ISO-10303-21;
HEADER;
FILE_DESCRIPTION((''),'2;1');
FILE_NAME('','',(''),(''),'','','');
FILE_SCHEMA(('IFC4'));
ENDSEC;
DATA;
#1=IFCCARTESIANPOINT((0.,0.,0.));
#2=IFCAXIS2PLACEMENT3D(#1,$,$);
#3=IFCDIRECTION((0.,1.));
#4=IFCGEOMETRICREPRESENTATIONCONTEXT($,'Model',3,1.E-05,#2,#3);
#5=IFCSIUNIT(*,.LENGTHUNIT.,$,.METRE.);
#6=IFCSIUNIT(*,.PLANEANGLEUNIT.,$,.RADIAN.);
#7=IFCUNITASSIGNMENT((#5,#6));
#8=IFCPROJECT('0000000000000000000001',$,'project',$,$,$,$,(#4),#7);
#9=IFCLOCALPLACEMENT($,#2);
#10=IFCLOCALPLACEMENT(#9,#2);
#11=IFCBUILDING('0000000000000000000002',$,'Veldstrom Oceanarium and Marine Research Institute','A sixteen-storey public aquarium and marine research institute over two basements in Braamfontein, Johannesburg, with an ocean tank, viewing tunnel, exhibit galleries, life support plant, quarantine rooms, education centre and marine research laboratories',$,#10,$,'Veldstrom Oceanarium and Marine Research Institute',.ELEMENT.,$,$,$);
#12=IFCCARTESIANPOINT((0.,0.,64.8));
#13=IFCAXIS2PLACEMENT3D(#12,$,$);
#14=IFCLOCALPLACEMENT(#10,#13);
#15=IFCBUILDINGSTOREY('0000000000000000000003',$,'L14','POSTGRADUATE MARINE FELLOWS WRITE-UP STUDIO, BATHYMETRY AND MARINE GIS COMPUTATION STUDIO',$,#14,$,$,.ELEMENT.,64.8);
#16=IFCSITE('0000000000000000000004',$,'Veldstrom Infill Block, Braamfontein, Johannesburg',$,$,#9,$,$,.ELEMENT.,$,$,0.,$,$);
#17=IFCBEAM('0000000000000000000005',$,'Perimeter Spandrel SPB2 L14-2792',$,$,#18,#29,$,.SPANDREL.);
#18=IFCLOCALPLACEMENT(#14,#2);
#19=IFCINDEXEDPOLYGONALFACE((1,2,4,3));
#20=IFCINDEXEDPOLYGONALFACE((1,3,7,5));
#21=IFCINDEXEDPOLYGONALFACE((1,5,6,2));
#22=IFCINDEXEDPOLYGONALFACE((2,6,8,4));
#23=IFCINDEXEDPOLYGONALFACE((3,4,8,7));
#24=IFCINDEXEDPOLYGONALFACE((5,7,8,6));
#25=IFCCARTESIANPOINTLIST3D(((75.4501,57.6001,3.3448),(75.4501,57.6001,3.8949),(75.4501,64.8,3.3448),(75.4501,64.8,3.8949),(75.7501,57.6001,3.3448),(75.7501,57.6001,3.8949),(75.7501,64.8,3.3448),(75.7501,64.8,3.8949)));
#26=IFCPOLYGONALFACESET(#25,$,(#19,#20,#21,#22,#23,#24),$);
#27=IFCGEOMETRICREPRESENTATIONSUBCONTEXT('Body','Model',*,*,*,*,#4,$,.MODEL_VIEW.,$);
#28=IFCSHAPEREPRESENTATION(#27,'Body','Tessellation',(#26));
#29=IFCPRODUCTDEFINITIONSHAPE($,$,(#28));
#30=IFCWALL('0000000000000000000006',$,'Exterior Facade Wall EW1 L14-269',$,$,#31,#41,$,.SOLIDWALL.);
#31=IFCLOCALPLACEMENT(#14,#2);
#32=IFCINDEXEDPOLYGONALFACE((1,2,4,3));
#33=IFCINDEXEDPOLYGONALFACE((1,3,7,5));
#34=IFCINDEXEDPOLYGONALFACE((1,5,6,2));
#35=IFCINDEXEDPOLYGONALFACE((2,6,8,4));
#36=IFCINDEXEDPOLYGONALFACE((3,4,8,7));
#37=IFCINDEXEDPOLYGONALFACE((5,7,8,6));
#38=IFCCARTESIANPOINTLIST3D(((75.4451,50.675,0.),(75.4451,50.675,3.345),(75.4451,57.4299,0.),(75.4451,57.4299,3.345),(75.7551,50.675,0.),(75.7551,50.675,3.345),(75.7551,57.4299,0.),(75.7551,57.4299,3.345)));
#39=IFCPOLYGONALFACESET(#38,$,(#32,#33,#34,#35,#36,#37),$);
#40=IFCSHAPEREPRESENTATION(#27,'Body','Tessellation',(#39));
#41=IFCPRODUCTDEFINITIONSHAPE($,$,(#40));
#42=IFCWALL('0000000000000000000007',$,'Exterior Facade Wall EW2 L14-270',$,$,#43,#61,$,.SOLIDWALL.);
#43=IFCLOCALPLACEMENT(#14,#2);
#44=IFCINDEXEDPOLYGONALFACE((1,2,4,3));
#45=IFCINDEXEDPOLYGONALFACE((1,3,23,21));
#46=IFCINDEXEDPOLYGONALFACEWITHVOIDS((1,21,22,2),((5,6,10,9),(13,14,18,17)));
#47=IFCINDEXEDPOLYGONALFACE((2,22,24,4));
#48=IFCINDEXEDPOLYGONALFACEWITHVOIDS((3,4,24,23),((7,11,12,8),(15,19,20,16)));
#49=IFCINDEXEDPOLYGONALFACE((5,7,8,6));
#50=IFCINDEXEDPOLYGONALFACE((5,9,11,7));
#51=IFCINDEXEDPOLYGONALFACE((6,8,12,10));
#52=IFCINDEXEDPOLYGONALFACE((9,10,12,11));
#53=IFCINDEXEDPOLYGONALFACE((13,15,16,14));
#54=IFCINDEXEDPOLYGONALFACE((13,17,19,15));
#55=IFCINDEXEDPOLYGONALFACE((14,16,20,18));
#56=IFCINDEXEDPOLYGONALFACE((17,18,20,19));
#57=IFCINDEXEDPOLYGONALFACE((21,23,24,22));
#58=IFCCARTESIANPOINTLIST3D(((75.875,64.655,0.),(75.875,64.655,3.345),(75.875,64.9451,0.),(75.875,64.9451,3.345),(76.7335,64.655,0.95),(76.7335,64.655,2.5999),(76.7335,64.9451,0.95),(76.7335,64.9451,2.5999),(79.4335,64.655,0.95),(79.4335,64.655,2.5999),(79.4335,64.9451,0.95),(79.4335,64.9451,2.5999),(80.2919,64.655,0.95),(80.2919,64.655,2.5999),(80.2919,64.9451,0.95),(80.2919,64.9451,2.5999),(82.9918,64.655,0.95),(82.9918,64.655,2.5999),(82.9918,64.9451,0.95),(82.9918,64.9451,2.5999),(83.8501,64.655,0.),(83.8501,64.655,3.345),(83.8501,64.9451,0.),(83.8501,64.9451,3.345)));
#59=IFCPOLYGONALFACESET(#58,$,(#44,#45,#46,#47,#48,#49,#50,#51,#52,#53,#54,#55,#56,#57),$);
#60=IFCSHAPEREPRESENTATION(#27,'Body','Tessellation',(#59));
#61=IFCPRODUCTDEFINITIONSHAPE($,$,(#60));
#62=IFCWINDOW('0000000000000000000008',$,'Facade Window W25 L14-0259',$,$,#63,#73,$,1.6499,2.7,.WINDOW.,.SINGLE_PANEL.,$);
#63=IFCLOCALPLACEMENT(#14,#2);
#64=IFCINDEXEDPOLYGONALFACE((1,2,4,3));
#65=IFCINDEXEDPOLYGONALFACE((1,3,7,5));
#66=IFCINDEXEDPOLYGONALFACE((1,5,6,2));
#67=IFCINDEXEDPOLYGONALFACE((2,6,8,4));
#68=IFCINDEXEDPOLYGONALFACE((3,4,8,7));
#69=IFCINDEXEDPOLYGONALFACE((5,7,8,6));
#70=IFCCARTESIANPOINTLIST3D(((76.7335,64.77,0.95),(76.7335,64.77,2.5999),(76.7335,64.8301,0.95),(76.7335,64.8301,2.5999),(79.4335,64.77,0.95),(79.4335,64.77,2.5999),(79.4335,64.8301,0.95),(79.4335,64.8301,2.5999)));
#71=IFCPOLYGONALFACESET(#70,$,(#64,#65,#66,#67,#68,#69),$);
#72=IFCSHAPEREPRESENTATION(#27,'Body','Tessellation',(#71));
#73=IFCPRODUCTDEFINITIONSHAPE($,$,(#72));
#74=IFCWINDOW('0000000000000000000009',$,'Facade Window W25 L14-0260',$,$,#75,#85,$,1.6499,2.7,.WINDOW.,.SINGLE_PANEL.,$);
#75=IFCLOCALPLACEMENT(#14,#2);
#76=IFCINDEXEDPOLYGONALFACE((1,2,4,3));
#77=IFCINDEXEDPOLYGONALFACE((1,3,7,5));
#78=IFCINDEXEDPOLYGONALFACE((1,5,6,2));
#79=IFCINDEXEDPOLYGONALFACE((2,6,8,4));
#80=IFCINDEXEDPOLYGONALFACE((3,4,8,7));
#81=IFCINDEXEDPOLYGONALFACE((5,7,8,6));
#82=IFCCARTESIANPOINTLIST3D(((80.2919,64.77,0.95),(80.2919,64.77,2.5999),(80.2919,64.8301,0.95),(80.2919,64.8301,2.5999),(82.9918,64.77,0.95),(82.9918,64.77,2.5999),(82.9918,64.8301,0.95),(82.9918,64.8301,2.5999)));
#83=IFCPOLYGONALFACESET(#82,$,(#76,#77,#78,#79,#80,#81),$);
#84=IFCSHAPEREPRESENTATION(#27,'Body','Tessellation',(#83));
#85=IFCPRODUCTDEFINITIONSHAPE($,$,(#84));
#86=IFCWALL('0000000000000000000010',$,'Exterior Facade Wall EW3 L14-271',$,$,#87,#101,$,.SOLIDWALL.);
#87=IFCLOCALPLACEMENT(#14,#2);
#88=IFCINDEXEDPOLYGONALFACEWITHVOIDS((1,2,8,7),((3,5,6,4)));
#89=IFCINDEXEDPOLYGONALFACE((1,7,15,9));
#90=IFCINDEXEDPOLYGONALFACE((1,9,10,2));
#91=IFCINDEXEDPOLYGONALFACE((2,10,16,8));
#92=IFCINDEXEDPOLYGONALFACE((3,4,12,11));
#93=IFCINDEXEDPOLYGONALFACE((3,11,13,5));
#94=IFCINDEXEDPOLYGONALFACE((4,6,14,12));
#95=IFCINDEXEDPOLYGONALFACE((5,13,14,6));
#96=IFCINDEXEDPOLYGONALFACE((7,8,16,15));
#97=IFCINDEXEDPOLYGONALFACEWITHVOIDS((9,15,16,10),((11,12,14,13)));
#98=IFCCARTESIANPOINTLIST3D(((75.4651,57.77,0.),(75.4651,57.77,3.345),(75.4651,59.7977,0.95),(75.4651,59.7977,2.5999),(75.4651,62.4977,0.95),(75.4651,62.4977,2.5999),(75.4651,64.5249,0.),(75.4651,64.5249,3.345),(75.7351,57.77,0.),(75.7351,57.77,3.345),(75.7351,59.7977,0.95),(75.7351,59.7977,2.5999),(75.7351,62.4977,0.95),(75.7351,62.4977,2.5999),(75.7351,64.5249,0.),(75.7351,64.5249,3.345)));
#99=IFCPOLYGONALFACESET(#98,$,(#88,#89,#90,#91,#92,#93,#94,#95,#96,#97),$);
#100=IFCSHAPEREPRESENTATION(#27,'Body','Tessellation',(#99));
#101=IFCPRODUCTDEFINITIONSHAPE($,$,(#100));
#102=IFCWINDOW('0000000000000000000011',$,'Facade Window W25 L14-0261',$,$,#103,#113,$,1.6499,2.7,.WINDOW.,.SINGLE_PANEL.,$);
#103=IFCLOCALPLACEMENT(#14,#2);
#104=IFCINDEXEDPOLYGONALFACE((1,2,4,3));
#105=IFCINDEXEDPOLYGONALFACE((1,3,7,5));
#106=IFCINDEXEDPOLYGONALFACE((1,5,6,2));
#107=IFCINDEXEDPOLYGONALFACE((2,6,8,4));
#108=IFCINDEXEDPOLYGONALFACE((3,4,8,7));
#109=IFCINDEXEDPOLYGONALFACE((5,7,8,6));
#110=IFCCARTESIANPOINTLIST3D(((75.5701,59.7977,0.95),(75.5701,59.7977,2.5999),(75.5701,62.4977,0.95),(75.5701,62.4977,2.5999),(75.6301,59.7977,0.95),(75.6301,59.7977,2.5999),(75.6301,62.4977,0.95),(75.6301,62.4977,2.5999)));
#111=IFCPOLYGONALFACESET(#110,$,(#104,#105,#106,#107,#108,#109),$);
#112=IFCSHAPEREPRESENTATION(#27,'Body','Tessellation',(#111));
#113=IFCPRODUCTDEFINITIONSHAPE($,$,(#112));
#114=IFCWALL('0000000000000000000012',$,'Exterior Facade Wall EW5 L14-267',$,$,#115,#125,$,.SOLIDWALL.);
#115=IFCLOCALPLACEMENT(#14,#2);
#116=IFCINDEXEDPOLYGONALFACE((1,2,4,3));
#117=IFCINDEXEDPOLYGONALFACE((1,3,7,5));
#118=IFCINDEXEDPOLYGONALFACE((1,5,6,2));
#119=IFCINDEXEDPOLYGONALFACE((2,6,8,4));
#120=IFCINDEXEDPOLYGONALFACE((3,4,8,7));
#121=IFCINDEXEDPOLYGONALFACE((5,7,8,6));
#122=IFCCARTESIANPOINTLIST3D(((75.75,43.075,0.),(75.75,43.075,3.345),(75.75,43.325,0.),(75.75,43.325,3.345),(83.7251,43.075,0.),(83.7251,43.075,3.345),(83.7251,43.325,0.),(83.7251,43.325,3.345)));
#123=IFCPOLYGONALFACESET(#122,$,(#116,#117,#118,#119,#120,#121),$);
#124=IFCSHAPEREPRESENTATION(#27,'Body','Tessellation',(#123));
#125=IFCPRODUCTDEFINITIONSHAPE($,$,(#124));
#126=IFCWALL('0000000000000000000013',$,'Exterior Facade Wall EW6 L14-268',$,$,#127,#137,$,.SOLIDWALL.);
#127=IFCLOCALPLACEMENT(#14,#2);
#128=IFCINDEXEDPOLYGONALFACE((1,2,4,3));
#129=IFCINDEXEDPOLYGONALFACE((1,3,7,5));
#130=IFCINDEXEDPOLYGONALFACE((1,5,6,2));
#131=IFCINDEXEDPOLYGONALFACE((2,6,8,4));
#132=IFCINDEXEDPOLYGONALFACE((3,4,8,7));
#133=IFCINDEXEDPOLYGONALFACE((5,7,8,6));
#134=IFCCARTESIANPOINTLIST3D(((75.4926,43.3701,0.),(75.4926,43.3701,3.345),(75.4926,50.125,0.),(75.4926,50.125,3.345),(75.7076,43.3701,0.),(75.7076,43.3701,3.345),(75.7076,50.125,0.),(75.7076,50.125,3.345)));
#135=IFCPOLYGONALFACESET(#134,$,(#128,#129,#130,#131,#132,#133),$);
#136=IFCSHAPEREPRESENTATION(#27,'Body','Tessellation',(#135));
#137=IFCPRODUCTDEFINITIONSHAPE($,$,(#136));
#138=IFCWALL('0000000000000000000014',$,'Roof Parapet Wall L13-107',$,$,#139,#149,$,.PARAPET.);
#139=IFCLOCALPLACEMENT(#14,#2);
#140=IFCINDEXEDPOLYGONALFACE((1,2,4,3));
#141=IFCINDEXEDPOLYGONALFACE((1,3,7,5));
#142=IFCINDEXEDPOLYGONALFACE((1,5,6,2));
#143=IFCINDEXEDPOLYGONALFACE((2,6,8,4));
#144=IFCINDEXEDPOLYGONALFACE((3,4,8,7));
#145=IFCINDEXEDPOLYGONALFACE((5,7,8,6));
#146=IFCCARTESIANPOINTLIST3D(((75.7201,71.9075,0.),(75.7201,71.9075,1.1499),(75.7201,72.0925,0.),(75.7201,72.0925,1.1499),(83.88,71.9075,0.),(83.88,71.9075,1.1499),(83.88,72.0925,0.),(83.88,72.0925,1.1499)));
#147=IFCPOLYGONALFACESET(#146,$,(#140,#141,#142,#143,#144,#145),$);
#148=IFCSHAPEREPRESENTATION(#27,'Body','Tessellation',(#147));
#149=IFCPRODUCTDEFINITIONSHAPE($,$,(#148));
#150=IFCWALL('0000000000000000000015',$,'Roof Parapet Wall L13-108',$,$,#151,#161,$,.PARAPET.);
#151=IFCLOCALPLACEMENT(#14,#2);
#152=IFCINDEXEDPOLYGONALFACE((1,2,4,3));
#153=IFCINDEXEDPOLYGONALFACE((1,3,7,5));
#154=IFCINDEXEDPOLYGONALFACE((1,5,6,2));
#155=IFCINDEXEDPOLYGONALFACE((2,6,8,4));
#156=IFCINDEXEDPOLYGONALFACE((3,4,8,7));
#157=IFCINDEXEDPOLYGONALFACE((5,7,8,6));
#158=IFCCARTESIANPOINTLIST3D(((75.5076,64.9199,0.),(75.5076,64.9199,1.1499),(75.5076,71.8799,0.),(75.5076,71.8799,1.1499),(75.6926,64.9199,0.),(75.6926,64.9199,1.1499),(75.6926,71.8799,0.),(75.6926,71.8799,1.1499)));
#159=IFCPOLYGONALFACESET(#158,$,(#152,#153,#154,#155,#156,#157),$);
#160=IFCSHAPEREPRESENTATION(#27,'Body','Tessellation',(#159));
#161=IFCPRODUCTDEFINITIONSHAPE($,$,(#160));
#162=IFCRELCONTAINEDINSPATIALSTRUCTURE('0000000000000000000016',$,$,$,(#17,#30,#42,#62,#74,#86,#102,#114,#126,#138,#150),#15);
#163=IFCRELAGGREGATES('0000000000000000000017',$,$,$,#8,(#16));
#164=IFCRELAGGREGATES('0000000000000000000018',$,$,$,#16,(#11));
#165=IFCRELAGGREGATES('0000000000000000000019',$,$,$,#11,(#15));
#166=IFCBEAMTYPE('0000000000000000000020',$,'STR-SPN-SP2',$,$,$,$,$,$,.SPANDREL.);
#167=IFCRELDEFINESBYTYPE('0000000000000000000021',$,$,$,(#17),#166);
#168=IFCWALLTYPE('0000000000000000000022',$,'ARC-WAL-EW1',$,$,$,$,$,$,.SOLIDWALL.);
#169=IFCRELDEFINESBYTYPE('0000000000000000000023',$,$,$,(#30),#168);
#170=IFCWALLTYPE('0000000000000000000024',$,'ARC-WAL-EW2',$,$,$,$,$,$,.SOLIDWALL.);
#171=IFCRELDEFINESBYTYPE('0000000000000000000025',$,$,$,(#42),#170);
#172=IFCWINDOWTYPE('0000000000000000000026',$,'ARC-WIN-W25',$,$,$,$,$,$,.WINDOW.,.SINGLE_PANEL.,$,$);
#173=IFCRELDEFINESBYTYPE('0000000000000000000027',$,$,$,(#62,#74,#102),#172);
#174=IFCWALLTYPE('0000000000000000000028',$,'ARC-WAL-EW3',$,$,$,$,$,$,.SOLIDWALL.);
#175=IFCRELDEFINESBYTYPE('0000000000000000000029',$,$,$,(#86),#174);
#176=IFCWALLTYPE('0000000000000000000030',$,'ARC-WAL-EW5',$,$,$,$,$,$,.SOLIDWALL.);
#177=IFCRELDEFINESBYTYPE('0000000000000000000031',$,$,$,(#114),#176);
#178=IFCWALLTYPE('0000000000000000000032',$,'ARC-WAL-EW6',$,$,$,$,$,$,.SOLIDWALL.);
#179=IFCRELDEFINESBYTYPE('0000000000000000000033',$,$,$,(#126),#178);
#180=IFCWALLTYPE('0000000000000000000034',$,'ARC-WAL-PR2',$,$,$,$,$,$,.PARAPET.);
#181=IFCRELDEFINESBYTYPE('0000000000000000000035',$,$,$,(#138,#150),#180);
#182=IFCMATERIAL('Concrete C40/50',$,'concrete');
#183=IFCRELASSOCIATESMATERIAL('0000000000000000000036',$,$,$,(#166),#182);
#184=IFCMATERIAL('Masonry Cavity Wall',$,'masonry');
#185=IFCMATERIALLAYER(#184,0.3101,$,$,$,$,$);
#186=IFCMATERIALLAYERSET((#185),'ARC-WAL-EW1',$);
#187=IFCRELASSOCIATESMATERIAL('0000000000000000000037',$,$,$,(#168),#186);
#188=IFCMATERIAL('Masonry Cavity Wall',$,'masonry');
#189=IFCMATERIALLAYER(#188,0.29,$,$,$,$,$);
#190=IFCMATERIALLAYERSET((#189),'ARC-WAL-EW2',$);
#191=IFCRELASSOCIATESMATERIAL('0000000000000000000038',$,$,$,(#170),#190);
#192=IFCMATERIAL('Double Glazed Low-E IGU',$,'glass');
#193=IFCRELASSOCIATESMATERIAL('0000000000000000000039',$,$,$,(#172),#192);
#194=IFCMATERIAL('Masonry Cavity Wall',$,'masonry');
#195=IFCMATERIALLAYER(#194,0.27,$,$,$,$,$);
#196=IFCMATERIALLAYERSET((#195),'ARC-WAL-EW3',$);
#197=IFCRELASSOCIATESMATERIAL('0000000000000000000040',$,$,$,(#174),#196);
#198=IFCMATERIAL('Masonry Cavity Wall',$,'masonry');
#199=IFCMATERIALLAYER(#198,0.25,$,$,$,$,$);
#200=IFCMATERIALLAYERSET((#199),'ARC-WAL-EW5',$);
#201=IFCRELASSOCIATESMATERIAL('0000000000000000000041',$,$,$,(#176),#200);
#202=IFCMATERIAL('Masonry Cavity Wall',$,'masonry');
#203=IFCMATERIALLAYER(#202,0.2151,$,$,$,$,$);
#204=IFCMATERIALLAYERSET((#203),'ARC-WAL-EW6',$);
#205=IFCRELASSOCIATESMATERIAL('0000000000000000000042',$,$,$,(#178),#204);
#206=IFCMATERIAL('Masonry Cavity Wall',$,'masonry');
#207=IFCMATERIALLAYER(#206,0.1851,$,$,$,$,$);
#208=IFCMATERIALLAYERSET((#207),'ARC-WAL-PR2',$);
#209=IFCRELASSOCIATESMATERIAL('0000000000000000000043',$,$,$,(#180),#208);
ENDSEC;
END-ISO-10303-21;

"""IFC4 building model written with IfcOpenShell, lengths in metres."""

from ifc_helpers import new_model, si_unit, direction, frame, frame_2d, origin, origin_2d, place, context, subcontext, project, spatial, rectangle, extrude, material, layer, layer_set, material_profile, profile_set, type_object, element, fill, save


model = new_model("IFC4")

# Units and contexts
model_context = context("Model", 3, precision=1e-05, world=origin(), true_north=direction((0.0, 1.0)))
body_context = subcontext(model_context, "Body", "Model", "MODEL_VIEW")
ifc_project = project(units=[si_unit("LENGTHUNIT", "METRE"), si_unit("PLANEANGLEUNIT", "RADIAN")], contexts=[model_context])

# Site, building, storey
site_placement = place(None, origin())
site = spatial("IfcSite", under=ifc_project, at=site_placement, Name="Veldstrom Infill Block, Braamfontein, Johannesburg", CompositionType="ELEMENT", RefElevation=0.0)
building_placement = place(site_placement, origin())
building = spatial("IfcBuilding", under=site, at=building_placement, Name="Veldstrom Oceanarium and Marine Research Institute", Description="A sixteen-storey public aquarium and marine research institute over two basements in Braamfontein, Johannesburg, with an ocean tank, viewing tunnel, exhibit galleries, life support plant, quarantine rooms, education centre and marine research laboratories", LongName="Veldstrom Oceanarium and Marine Research Institute", CompositionType="ELEMENT")
storey_placement = place(building_placement, frame((0.0, 0.0, 64.8)))
storey = spatial("IfcBuildingStorey", under=building, at=storey_placement, Name="L14", Description="POSTGRADUATE MARINE FELLOWS WRITE-UP STUDIO, BATHYMETRY AND MARINE GIS COMPUTATION STUDIO", CompositionType="ELEMENT", Elevation=64.8)

# Beam
ifc_material_1 = material(Name="Concrete C40/50", Category="concrete")
ifc_material_profile = material_profile(ifc_material_1, rectangle(XDim=0.3, YDim=0.55, at=origin_2d()), Name="RC-SPN-300x550")
ifc_profile_set = profile_set([ifc_material_profile], Name="Concrete C40/50")
beam_type = type_object("IfcBeamType", Name="STR-SPN-SP2", PredefinedType="SPANDREL", material=ifc_profile_set)
beam_placement = place(storey_placement, frame((75.6001, 57.6001, 3.6199), z_axis=(0.0, 1.0, 0.0), x_axis=(-1.0, 0.0, 0.0)))
element("IfcBeam", 1, at=beam_placement, inside=storey, type_object=beam_type, Name="Perimeter Spandrel SPB2 L14-2792", PredefinedType="SPANDREL", context=body_context, shape_type="SweptSolid", body=[
    extrude(rectangle(XDim=0.3, YDim=0.55, at=origin_2d()), origin(), (0.0, 0.0, 1.0), 7.2),
])

# Wall
ifc_material_2 = material(Name="Masonry Cavity Wall", Category="masonry")
ifc_layer_1 = layer(ifc_material_2, 0.3101)
ifc_layer_set_1 = layer_set([ifc_layer_1], Name="ARC-WAL-EW1")
wall_type_1 = type_object("IfcWallType", Name="ARC-WAL-EW1", PredefinedType="SOLIDWALL", material=ifc_layer_set_1)
wall_1_placement = place(storey_placement, frame((75.6001, 50.675, 0.0), z_axis=(0.0, 0.0, 1.0), x_axis=(0.0, 1.0, 0.0)))
element("IfcWall", 2, at=wall_1_placement, inside=storey, type_object=wall_type_1, Name="Exterior Facade Wall EW1 L14-269", PredefinedType="SOLIDWALL", context=body_context, shape_type="SweptSolid", body=[
    extrude(rectangle(XDim=6.7549, YDim=0.3101, at=frame_2d((3.3774, 0.0))), origin(), (0.0, 0.0, 1.0), 3.345),
])

# Wall, openings, windows
ifc_material_3 = material(Name="Masonry Cavity Wall", Category="masonry")
ifc_layer_2 = layer(ifc_material_3, 0.29)
ifc_layer_set_2 = layer_set([ifc_layer_2], Name="ARC-WAL-EW2")
wall_type_2 = type_object("IfcWallType", Name="ARC-WAL-EW2", PredefinedType="SOLIDWALL", material=ifc_layer_set_2)
wall_2_placement = place(storey_placement, frame((75.875, 64.8, 0.0), z_axis=(0.0, 0.0, 1.0), x_axis=(1.0, 0.0, 0.0)))
wall_2 = element("IfcWall", 3, at=wall_2_placement, inside=storey, type_object=wall_type_2, Name="Exterior Facade Wall EW2 L14-270", PredefinedType="SOLIDWALL", context=body_context, shape_type="SweptSolid", body=[
    extrude(rectangle(XDim=7.9751, YDim=0.29, at=frame_2d((3.9875, 0.0))), origin(), (0.0, 0.0, 1.0), 3.345),
])
opening_1_placement = place(wall_2_placement, frame((0.8584, 0.0, 0.95)))
opening_1 = element("IfcOpeningElement", 4, at=opening_1_placement, cuts=wall_2, PredefinedType="OPENING", context=body_context, shape_type="SweptSolid", body=[
    extrude(rectangle(XDim=2.7, YDim=1.6499, at=frame_2d((1.3501, 0.825))), frame((0.0, 0.155, 0.0), z_axis=(0.0, -1.0, 0.0), x_axis=(1.0, 0.0, 0.0)), (0.0, 0.0, 1.0), 0.3101),
])
opening_2_placement = place(wall_2_placement, frame((4.4167, 0.0, 0.95)))
opening_2 = element("IfcOpeningElement", 5, at=opening_2_placement, cuts=wall_2, PredefinedType="OPENING", context=body_context, shape_type="SweptSolid", body=[
    extrude(rectangle(XDim=2.7, YDim=1.6499, at=frame_2d((1.3501, 0.825))), frame((0.0, 0.155, 0.0), z_axis=(0.0, -1.0, 0.0), x_axis=(1.0, 0.0, 0.0)), (0.0, 0.0, 1.0), 0.3101),
])
ifc_material_4 = material(Name="Double Glazed Low-E IGU", Category="glass")
window_type = type_object("IfcWindowType", Name="ARC-WIN-W25", PartitioningType="SINGLE_PANEL", PredefinedType="WINDOW", material=ifc_material_4)
window_1_placement = place(opening_1_placement, origin())
window_1 = element("IfcWindow", 6, at=window_1_placement, inside=storey, type_object=window_type, Name="Facade Window W25 L14-0259", OverallHeight=1.6499, OverallWidth=2.7, PartitioningType="SINGLE_PANEL", PredefinedType="WINDOW", context=body_context, shape_type="SweptSolid", body=[
    extrude(rectangle(XDim=2.7, YDim=1.6499, at=frame_2d((1.3501, 0.825))), frame((0.0, 0.03, 0.0), z_axis=(0.0, -1.0, 0.0), x_axis=(1.0, 0.0, 0.0)), (0.0, 0.0, 1.0), 0.0601),
])
fill(opening_1, window_1)
window_2_placement = place(opening_2_placement, origin())
window_2 = element("IfcWindow", 7, at=window_2_placement, inside=storey, type_object=window_type, Name="Facade Window W25 L14-0260", OverallHeight=1.6499, OverallWidth=2.7, PartitioningType="SINGLE_PANEL", PredefinedType="WINDOW", context=body_context, shape_type="SweptSolid", body=[
    extrude(rectangle(XDim=2.7, YDim=1.6499, at=frame_2d((1.3501, 0.825))), frame((0.0, 0.03, 0.0), z_axis=(0.0, -1.0, 0.0), x_axis=(1.0, 0.0, 0.0)), (0.0, 0.0, 1.0), 0.0601),
])
fill(opening_2, window_2)

# Wall, opening, window
ifc_material_5 = material(Name="Masonry Cavity Wall", Category="masonry")
ifc_layer_3 = layer(ifc_material_5, 0.27)
ifc_layer_set_3 = layer_set([ifc_layer_3], Name="ARC-WAL-EW3")
wall_type_3 = type_object("IfcWallType", Name="ARC-WAL-EW3", PredefinedType="SOLIDWALL", material=ifc_layer_set_3)
wall_3_placement = place(storey_placement, frame((75.6001, 57.77, 0.0), z_axis=(0.0, 0.0, 1.0), x_axis=(0.0, 1.0, 0.0)))
wall_3 = element("IfcWall", 8, at=wall_3_placement, inside=storey, type_object=wall_type_3, Name="Exterior Facade Wall EW3 L14-271", PredefinedType="SOLIDWALL", context=body_context, shape_type="SweptSolid", body=[
    extrude(rectangle(XDim=6.7549, YDim=0.27, at=frame_2d((3.3774, 0.0))), origin(), (0.0, 0.0, 1.0), 3.345),
])
opening_3_placement = place(wall_3_placement, frame((2.0276, 0.0, 0.95)))
opening_3 = element("IfcOpeningElement", 9, at=opening_3_placement, cuts=wall_3, PredefinedType="OPENING", context=body_context, shape_type="SweptSolid", body=[
    extrude(rectangle(XDim=2.7, YDim=1.6499, at=frame_2d((1.3501, 0.825))), frame((0.0, 0.145, 0.0), z_axis=(0.0, -1.0, 0.0), x_axis=(1.0, 0.0, 0.0)), (0.0, 0.0, 1.0), 0.29),
])
window_3_placement = place(opening_3_placement, origin())
window_3 = element("IfcWindow", 10, at=window_3_placement, inside=storey, type_object=window_type, Name="Facade Window W25 L14-0261", OverallHeight=1.6499, OverallWidth=2.7, PartitioningType="SINGLE_PANEL", PredefinedType="WINDOW", context=body_context, shape_type="SweptSolid", body=[
    extrude(rectangle(XDim=2.7, YDim=1.6499, at=frame_2d((1.3501, 0.825))), frame((0.0, 0.03, 0.0), z_axis=(0.0, -1.0, 0.0), x_axis=(1.0, 0.0, 0.0)), (0.0, 0.0, 1.0), 0.0601),
])
fill(opening_3, window_3)

# Walls
ifc_material_6 = material(Name="Masonry Cavity Wall", Category="masonry")
ifc_layer_4 = layer(ifc_material_6, 0.25)
ifc_layer_set_4 = layer_set([ifc_layer_4], Name="ARC-WAL-EW5")
wall_type_4 = type_object("IfcWallType", Name="ARC-WAL-EW5", PredefinedType="SOLIDWALL", material=ifc_layer_set_4)
wall_4_placement = place(storey_placement, frame((75.75, 43.2, 0.0), z_axis=(0.0, 0.0, 1.0), x_axis=(1.0, 0.0, 0.0)))
element("IfcWall", 11, at=wall_4_placement, inside=storey, type_object=wall_type_4, Name="Exterior Facade Wall EW5 L14-267", PredefinedType="SOLIDWALL", context=body_context, shape_type="SweptSolid", body=[
    extrude(rectangle(XDim=7.9751, YDim=0.25, at=frame_2d((3.9875, 0.0))), origin(), (0.0, 0.0, 1.0), 3.345),
])
ifc_material_7 = material(Name="Masonry Cavity Wall", Category="masonry")
ifc_layer_5 = layer(ifc_material_7, 0.2151)
ifc_layer_set_5 = layer_set([ifc_layer_5], Name="ARC-WAL-EW6")
wall_type_5 = type_object("IfcWallType", Name="ARC-WAL-EW6", PredefinedType="SOLIDWALL", material=ifc_layer_set_5)
wall_5_placement = place(storey_placement, frame((75.6001, 43.3701, 0.0), z_axis=(0.0, 0.0, 1.0), x_axis=(0.0, 1.0, 0.0)))
element("IfcWall", 12, at=wall_5_placement, inside=storey, type_object=wall_type_5, Name="Exterior Facade Wall EW6 L14-268", PredefinedType="SOLIDWALL", context=body_context, shape_type="SweptSolid", body=[
    extrude(rectangle(XDim=6.7549, YDim=0.2151, at=frame_2d((3.3774, 0.0))), origin(), (0.0, 0.0, 1.0), 3.345),
])
ifc_material_8 = material(Name="Masonry Cavity Wall", Category="masonry")
ifc_layer_6 = layer(ifc_material_8, 0.1851)
ifc_layer_set_6 = layer_set([ifc_layer_6], Name="ARC-WAL-PR2")
wall_type_6 = type_object("IfcWallType", Name="ARC-WAL-PR2", PredefinedType="PARAPET", material=ifc_layer_set_6)
wall_6_placement = place(storey_placement, frame((75.72, 72.0, 0.0), z_axis=(0.0, 0.0, 1.0), x_axis=(1.0, 0.0, 0.0)))
element("IfcWall", 13, at=wall_6_placement, inside=storey, type_object=wall_type_6, Name="Roof Parapet Wall L13-107", PredefinedType="PARAPET", context=body_context, shape_type="SweptSolid", body=[
    extrude(rectangle(XDim=8.1599, YDim=0.1851, at=frame_2d((4.0801, 0.0))), origin(), (0.0, 0.0, 1.0), 1.1499),
])
wall_7_placement = place(storey_placement, frame((75.6001, 64.9199, 0.0), z_axis=(0.0, 0.0, 1.0), x_axis=(0.0, 1.0, 0.0)))
element("IfcWall", 14, at=wall_7_placement, inside=storey, type_object=wall_type_6, Name="Roof Parapet Wall L13-108", PredefinedType="PARAPET", context=body_context, shape_type="SweptSolid", body=[
    extrude(rectangle(XDim=6.96, YDim=0.1851, at=frame_2d((3.48, 0.0))), origin(), (0.0, 0.0, 1.0), 1.1499),
])

save(model, "model.ifc")
